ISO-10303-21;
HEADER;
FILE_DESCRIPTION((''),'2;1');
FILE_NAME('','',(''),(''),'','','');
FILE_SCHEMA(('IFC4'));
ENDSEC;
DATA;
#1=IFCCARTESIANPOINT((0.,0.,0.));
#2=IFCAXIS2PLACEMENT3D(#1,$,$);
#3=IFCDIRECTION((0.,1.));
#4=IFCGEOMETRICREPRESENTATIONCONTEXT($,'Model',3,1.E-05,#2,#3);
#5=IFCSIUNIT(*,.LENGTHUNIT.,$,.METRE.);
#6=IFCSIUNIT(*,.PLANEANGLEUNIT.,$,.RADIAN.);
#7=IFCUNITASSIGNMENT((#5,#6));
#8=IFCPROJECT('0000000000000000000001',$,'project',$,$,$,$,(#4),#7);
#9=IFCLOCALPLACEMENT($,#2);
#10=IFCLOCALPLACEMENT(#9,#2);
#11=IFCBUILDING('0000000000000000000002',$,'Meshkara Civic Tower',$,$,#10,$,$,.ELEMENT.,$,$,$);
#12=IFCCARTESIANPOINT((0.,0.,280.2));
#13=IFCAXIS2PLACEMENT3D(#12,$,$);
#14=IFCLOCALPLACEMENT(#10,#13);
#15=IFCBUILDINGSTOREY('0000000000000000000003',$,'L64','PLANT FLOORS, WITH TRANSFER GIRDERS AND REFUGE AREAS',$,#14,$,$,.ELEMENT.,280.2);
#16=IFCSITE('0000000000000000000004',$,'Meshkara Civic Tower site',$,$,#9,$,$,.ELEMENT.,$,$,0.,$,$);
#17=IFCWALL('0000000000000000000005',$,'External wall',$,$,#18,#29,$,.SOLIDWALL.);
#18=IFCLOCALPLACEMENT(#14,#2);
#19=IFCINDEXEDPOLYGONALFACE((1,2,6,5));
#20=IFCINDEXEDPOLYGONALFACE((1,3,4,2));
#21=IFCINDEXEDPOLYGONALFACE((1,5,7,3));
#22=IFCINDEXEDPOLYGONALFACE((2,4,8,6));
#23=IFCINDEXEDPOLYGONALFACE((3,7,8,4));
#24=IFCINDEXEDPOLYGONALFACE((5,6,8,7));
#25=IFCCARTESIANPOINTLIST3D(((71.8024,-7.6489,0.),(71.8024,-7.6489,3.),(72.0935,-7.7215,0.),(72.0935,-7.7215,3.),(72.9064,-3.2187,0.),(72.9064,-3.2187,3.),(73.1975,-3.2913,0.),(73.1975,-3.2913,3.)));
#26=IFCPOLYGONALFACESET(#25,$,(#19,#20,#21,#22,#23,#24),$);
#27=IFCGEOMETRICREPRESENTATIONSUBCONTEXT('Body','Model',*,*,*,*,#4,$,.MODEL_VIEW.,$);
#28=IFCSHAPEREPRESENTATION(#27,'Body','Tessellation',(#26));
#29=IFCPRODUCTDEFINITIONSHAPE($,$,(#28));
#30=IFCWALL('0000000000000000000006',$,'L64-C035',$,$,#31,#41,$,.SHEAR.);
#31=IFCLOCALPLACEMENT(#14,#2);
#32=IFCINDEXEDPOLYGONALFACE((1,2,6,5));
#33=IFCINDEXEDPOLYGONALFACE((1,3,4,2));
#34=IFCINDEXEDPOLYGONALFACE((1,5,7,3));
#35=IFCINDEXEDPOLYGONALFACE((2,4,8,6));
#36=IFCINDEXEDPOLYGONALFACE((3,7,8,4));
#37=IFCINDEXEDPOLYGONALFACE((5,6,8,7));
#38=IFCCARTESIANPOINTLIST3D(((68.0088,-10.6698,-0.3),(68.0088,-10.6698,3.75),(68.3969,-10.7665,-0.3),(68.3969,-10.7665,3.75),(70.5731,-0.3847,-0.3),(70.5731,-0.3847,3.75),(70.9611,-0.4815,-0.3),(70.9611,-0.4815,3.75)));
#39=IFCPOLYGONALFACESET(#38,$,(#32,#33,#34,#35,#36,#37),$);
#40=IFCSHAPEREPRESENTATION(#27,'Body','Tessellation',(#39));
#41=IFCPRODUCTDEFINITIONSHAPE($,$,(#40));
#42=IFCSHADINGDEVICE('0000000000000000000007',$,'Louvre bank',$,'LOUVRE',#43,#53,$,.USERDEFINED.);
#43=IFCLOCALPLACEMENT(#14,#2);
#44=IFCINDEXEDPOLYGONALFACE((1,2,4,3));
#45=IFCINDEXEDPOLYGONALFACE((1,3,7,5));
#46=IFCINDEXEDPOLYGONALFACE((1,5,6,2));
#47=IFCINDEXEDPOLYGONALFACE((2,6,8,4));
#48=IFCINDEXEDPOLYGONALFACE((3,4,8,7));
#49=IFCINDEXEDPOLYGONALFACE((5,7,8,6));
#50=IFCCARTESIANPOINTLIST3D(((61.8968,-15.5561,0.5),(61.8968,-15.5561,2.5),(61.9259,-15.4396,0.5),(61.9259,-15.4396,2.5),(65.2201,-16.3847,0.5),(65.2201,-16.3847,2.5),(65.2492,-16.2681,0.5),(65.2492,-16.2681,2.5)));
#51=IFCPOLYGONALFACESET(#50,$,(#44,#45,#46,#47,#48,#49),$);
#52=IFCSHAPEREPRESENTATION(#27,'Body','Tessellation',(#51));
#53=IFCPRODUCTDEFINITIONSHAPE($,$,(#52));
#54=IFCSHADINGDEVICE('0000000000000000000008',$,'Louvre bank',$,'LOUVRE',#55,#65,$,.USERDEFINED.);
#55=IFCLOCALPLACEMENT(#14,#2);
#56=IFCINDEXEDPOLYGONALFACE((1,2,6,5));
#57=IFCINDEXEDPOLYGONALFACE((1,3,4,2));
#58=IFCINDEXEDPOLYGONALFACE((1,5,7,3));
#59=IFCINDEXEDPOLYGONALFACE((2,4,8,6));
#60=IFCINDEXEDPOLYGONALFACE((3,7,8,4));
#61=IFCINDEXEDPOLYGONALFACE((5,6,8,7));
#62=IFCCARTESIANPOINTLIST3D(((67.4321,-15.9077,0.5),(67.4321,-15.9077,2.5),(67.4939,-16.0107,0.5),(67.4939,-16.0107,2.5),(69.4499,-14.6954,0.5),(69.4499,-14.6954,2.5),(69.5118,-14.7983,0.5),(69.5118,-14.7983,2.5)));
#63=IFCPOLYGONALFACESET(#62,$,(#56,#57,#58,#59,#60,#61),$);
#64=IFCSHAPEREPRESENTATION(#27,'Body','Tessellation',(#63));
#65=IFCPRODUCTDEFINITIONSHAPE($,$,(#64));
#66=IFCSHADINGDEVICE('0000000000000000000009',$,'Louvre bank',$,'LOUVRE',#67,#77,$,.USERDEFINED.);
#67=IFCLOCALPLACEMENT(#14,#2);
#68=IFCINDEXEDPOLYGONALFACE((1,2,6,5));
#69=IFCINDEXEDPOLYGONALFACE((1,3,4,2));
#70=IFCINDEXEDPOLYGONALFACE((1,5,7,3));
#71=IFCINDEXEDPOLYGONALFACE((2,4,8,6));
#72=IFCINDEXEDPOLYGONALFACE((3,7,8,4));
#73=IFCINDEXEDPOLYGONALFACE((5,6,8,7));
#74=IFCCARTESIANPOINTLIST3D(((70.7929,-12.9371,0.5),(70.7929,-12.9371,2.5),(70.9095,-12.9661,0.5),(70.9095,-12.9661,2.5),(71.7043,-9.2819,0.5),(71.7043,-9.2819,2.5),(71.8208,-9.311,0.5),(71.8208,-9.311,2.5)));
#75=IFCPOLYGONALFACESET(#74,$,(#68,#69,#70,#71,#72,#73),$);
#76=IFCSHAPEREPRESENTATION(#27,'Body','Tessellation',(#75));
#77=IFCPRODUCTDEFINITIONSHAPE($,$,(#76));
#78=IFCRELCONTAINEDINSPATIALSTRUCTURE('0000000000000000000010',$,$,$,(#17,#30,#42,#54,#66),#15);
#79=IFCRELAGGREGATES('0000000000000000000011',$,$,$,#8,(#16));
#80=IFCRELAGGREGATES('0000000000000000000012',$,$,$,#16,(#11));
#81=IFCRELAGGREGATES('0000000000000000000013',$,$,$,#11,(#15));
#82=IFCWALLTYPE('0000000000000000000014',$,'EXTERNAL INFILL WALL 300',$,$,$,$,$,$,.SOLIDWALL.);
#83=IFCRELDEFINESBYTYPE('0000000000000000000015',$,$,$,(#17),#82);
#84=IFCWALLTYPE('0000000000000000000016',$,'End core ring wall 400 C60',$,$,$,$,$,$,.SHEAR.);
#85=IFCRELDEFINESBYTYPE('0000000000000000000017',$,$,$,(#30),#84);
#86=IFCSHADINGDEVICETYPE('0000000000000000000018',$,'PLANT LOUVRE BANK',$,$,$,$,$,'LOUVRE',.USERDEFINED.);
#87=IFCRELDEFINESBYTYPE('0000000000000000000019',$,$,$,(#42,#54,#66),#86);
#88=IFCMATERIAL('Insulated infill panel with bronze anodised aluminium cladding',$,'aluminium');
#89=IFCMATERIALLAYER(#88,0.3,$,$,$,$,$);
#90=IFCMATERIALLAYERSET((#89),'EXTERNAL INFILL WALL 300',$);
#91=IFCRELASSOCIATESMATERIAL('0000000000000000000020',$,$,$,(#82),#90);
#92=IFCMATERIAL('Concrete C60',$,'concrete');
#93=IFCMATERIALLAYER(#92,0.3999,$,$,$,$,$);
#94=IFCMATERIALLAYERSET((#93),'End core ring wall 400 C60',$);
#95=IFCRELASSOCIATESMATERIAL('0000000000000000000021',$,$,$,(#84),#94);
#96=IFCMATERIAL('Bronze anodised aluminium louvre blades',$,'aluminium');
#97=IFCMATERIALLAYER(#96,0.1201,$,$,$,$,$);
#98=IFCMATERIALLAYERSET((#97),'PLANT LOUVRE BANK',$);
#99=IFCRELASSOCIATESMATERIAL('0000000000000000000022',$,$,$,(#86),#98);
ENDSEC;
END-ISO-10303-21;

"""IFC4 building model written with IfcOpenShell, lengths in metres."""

from ifc_helpers import new_model, si_unit, direction, frame, frame_2d, origin, origin_2d, place, context, subcontext, project, spatial, rectangle, extrude, material, layer, layer_set, type_object, element, save


model = new_model("IFC4")

# Units and contexts
model_context = context("Model", 3, precision=1e-05, world=origin(), true_north=direction((0.0, 1.0)))
body_context = subcontext(model_context, "Body", "Model", "MODEL_VIEW")
ifc_project = project(units=[si_unit("LENGTHUNIT", "METRE"), si_unit("PLANEANGLEUNIT", "RADIAN")], contexts=[model_context])

# Site, building, storey
site_placement = place(None, origin())
site = spatial("IfcSite", under=ifc_project, at=site_placement, Name="Meshkara Civic Tower site", CompositionType="ELEMENT", RefElevation=0.0)
building_placement = place(site_placement, origin())
building = spatial("IfcBuilding", under=site, at=building_placement, Name="Meshkara Civic Tower", CompositionType="ELEMENT")
storey_placement = place(building_placement, frame((0.0, 0.0, 280.2)))
storey = spatial("IfcBuildingStorey", under=building, at=storey_placement, Name="L64", Description="PLANT FLOORS, WITH TRANSFER GIRDERS AND REFUGE AREAS", CompositionType="ELEMENT", Elevation=280.2)

# Walls
ifc_material_1 = material(Name="Insulated infill panel with bronze anodised aluminium cladding", Category="aluminium")
ifc_layer_1 = layer(ifc_material_1, 0.3)
ifc_layer_set_1 = layer_set([ifc_layer_1], Name="EXTERNAL INFILL WALL 300")
wall_type_1 = type_object("IfcWallType", Name="EXTERNAL INFILL WALL 300", PredefinedType="SOLIDWALL", material=ifc_layer_set_1)
wall_1_placement = place(storey_placement, frame((71.948, -7.6851, 0.0), z_axis=(0.0, 0.0, 1.0), x_axis=(0.241806, 0.970325, 0.0)))
element("IfcWall", 1, at=wall_1_placement, inside=storey, type_object=wall_type_1, Name="External wall", PredefinedType="SOLIDWALL", context=body_context, shape_type="SweptSolid", body=[
    extrude(rectangle(XDim=4.5657, YDim=0.3, at=frame_2d((2.2827, 0.0))), origin(), (0.0, 0.0, 1.0), 3.0),
])
ifc_material_2 = material(Name="Concrete C60", Category="concrete")
ifc_layer_2 = layer(ifc_material_2, 0.3999)
ifc_layer_set_2 = layer_set([ifc_layer_2], Name="End core ring wall 400 C60")
wall_type_2 = type_object("IfcWallType", Name="End core ring wall 400 C60", PredefinedType="SHEAR", material=ifc_layer_set_2)
wall_2_placement = place(storey_placement, frame((68.2029, -10.718, -0.3), z_axis=(0.0, 0.0, 1.0), x_axis=(0.241912, 0.970298, 0.0)))
element("IfcWall", 2, at=wall_2_placement, inside=storey, type_object=wall_type_2, Name="L64-C035", PredefinedType="SHEAR", context=body_context, shape_type="SweptSolid", body=[
    extrude(rectangle(XDim=10.5999, YDim=0.3999, at=frame_2d((5.2998, 0.0))), origin(), (0.0, 0.0, 1.0), 4.05),
])

# Shading devices
ifc_material_3 = material(Name="Bronze anodised aluminium louvre blades", Category="aluminium")
ifc_layer_3 = layer(ifc_material_3, 0.1201)
ifc_layer_set_3 = layer_set([ifc_layer_3], Name="PLANT LOUVRE BANK")
shading_device_type = type_object("IfcShadingDeviceType", Name="PLANT LOUVRE BANK", ElementType="LOUVRE", PredefinedType="USERDEFINED", material=ifc_layer_set_3)
shading_device_1_placement = place(storey_placement, frame((63.573, -15.9121, 0.5), z_axis=(0.0, 0.0, 1.0), x_axis=(0.9703, -0.241905, 0.0)))
element("IfcShadingDevice", 3, at=shading_device_1_placement, inside=storey, type_object=shading_device_type, Name="Louvre bank", ObjectType="LOUVRE", PredefinedType="USERDEFINED", context=body_context, shape_type="SweptSolid", body=[
    extrude(rectangle(XDim=3.425, YDim=0.1201, at=origin_2d()), origin(), (0.0, 0.0, 1.0), 2.0),
])
shading_device_2_placement = place(storey_placement, frame((68.4719, -15.353, 0.5), z_axis=(0.0, 0.0, 1.0), x_axis=(0.857185, 0.515008, 0.0)))
element("IfcShadingDevice", 4, at=shading_device_2_placement, inside=storey, type_object=shading_device_type, Name="Louvre bank", ObjectType="LOUVRE", PredefinedType="USERDEFINED", context=body_context, shape_type="SweptSolid", body=[
    extrude(rectangle(XDim=2.354, YDim=0.1201, at=origin_2d()), origin(), (0.0, 0.0, 1.0), 2.0),
])
shading_device_3_placement = place(storey_placement, frame((71.3069, -11.124, 0.5), z_axis=(0.0, 0.0, 1.0), x_axis=(0.241922, 0.970296, 0.0)))
element("IfcShadingDevice", 5, at=shading_device_3_placement, inside=storey, type_object=shading_device_type, Name="Louvre bank", ObjectType="LOUVRE", PredefinedType="USERDEFINED", context=body_context, shape_type="SweptSolid", body=[
    extrude(rectangle(XDim=3.7671, YDim=0.1201, at=origin_2d()), origin(), (0.0, 0.0, 1.0), 2.0),
])

save(model, "model.ifc")
